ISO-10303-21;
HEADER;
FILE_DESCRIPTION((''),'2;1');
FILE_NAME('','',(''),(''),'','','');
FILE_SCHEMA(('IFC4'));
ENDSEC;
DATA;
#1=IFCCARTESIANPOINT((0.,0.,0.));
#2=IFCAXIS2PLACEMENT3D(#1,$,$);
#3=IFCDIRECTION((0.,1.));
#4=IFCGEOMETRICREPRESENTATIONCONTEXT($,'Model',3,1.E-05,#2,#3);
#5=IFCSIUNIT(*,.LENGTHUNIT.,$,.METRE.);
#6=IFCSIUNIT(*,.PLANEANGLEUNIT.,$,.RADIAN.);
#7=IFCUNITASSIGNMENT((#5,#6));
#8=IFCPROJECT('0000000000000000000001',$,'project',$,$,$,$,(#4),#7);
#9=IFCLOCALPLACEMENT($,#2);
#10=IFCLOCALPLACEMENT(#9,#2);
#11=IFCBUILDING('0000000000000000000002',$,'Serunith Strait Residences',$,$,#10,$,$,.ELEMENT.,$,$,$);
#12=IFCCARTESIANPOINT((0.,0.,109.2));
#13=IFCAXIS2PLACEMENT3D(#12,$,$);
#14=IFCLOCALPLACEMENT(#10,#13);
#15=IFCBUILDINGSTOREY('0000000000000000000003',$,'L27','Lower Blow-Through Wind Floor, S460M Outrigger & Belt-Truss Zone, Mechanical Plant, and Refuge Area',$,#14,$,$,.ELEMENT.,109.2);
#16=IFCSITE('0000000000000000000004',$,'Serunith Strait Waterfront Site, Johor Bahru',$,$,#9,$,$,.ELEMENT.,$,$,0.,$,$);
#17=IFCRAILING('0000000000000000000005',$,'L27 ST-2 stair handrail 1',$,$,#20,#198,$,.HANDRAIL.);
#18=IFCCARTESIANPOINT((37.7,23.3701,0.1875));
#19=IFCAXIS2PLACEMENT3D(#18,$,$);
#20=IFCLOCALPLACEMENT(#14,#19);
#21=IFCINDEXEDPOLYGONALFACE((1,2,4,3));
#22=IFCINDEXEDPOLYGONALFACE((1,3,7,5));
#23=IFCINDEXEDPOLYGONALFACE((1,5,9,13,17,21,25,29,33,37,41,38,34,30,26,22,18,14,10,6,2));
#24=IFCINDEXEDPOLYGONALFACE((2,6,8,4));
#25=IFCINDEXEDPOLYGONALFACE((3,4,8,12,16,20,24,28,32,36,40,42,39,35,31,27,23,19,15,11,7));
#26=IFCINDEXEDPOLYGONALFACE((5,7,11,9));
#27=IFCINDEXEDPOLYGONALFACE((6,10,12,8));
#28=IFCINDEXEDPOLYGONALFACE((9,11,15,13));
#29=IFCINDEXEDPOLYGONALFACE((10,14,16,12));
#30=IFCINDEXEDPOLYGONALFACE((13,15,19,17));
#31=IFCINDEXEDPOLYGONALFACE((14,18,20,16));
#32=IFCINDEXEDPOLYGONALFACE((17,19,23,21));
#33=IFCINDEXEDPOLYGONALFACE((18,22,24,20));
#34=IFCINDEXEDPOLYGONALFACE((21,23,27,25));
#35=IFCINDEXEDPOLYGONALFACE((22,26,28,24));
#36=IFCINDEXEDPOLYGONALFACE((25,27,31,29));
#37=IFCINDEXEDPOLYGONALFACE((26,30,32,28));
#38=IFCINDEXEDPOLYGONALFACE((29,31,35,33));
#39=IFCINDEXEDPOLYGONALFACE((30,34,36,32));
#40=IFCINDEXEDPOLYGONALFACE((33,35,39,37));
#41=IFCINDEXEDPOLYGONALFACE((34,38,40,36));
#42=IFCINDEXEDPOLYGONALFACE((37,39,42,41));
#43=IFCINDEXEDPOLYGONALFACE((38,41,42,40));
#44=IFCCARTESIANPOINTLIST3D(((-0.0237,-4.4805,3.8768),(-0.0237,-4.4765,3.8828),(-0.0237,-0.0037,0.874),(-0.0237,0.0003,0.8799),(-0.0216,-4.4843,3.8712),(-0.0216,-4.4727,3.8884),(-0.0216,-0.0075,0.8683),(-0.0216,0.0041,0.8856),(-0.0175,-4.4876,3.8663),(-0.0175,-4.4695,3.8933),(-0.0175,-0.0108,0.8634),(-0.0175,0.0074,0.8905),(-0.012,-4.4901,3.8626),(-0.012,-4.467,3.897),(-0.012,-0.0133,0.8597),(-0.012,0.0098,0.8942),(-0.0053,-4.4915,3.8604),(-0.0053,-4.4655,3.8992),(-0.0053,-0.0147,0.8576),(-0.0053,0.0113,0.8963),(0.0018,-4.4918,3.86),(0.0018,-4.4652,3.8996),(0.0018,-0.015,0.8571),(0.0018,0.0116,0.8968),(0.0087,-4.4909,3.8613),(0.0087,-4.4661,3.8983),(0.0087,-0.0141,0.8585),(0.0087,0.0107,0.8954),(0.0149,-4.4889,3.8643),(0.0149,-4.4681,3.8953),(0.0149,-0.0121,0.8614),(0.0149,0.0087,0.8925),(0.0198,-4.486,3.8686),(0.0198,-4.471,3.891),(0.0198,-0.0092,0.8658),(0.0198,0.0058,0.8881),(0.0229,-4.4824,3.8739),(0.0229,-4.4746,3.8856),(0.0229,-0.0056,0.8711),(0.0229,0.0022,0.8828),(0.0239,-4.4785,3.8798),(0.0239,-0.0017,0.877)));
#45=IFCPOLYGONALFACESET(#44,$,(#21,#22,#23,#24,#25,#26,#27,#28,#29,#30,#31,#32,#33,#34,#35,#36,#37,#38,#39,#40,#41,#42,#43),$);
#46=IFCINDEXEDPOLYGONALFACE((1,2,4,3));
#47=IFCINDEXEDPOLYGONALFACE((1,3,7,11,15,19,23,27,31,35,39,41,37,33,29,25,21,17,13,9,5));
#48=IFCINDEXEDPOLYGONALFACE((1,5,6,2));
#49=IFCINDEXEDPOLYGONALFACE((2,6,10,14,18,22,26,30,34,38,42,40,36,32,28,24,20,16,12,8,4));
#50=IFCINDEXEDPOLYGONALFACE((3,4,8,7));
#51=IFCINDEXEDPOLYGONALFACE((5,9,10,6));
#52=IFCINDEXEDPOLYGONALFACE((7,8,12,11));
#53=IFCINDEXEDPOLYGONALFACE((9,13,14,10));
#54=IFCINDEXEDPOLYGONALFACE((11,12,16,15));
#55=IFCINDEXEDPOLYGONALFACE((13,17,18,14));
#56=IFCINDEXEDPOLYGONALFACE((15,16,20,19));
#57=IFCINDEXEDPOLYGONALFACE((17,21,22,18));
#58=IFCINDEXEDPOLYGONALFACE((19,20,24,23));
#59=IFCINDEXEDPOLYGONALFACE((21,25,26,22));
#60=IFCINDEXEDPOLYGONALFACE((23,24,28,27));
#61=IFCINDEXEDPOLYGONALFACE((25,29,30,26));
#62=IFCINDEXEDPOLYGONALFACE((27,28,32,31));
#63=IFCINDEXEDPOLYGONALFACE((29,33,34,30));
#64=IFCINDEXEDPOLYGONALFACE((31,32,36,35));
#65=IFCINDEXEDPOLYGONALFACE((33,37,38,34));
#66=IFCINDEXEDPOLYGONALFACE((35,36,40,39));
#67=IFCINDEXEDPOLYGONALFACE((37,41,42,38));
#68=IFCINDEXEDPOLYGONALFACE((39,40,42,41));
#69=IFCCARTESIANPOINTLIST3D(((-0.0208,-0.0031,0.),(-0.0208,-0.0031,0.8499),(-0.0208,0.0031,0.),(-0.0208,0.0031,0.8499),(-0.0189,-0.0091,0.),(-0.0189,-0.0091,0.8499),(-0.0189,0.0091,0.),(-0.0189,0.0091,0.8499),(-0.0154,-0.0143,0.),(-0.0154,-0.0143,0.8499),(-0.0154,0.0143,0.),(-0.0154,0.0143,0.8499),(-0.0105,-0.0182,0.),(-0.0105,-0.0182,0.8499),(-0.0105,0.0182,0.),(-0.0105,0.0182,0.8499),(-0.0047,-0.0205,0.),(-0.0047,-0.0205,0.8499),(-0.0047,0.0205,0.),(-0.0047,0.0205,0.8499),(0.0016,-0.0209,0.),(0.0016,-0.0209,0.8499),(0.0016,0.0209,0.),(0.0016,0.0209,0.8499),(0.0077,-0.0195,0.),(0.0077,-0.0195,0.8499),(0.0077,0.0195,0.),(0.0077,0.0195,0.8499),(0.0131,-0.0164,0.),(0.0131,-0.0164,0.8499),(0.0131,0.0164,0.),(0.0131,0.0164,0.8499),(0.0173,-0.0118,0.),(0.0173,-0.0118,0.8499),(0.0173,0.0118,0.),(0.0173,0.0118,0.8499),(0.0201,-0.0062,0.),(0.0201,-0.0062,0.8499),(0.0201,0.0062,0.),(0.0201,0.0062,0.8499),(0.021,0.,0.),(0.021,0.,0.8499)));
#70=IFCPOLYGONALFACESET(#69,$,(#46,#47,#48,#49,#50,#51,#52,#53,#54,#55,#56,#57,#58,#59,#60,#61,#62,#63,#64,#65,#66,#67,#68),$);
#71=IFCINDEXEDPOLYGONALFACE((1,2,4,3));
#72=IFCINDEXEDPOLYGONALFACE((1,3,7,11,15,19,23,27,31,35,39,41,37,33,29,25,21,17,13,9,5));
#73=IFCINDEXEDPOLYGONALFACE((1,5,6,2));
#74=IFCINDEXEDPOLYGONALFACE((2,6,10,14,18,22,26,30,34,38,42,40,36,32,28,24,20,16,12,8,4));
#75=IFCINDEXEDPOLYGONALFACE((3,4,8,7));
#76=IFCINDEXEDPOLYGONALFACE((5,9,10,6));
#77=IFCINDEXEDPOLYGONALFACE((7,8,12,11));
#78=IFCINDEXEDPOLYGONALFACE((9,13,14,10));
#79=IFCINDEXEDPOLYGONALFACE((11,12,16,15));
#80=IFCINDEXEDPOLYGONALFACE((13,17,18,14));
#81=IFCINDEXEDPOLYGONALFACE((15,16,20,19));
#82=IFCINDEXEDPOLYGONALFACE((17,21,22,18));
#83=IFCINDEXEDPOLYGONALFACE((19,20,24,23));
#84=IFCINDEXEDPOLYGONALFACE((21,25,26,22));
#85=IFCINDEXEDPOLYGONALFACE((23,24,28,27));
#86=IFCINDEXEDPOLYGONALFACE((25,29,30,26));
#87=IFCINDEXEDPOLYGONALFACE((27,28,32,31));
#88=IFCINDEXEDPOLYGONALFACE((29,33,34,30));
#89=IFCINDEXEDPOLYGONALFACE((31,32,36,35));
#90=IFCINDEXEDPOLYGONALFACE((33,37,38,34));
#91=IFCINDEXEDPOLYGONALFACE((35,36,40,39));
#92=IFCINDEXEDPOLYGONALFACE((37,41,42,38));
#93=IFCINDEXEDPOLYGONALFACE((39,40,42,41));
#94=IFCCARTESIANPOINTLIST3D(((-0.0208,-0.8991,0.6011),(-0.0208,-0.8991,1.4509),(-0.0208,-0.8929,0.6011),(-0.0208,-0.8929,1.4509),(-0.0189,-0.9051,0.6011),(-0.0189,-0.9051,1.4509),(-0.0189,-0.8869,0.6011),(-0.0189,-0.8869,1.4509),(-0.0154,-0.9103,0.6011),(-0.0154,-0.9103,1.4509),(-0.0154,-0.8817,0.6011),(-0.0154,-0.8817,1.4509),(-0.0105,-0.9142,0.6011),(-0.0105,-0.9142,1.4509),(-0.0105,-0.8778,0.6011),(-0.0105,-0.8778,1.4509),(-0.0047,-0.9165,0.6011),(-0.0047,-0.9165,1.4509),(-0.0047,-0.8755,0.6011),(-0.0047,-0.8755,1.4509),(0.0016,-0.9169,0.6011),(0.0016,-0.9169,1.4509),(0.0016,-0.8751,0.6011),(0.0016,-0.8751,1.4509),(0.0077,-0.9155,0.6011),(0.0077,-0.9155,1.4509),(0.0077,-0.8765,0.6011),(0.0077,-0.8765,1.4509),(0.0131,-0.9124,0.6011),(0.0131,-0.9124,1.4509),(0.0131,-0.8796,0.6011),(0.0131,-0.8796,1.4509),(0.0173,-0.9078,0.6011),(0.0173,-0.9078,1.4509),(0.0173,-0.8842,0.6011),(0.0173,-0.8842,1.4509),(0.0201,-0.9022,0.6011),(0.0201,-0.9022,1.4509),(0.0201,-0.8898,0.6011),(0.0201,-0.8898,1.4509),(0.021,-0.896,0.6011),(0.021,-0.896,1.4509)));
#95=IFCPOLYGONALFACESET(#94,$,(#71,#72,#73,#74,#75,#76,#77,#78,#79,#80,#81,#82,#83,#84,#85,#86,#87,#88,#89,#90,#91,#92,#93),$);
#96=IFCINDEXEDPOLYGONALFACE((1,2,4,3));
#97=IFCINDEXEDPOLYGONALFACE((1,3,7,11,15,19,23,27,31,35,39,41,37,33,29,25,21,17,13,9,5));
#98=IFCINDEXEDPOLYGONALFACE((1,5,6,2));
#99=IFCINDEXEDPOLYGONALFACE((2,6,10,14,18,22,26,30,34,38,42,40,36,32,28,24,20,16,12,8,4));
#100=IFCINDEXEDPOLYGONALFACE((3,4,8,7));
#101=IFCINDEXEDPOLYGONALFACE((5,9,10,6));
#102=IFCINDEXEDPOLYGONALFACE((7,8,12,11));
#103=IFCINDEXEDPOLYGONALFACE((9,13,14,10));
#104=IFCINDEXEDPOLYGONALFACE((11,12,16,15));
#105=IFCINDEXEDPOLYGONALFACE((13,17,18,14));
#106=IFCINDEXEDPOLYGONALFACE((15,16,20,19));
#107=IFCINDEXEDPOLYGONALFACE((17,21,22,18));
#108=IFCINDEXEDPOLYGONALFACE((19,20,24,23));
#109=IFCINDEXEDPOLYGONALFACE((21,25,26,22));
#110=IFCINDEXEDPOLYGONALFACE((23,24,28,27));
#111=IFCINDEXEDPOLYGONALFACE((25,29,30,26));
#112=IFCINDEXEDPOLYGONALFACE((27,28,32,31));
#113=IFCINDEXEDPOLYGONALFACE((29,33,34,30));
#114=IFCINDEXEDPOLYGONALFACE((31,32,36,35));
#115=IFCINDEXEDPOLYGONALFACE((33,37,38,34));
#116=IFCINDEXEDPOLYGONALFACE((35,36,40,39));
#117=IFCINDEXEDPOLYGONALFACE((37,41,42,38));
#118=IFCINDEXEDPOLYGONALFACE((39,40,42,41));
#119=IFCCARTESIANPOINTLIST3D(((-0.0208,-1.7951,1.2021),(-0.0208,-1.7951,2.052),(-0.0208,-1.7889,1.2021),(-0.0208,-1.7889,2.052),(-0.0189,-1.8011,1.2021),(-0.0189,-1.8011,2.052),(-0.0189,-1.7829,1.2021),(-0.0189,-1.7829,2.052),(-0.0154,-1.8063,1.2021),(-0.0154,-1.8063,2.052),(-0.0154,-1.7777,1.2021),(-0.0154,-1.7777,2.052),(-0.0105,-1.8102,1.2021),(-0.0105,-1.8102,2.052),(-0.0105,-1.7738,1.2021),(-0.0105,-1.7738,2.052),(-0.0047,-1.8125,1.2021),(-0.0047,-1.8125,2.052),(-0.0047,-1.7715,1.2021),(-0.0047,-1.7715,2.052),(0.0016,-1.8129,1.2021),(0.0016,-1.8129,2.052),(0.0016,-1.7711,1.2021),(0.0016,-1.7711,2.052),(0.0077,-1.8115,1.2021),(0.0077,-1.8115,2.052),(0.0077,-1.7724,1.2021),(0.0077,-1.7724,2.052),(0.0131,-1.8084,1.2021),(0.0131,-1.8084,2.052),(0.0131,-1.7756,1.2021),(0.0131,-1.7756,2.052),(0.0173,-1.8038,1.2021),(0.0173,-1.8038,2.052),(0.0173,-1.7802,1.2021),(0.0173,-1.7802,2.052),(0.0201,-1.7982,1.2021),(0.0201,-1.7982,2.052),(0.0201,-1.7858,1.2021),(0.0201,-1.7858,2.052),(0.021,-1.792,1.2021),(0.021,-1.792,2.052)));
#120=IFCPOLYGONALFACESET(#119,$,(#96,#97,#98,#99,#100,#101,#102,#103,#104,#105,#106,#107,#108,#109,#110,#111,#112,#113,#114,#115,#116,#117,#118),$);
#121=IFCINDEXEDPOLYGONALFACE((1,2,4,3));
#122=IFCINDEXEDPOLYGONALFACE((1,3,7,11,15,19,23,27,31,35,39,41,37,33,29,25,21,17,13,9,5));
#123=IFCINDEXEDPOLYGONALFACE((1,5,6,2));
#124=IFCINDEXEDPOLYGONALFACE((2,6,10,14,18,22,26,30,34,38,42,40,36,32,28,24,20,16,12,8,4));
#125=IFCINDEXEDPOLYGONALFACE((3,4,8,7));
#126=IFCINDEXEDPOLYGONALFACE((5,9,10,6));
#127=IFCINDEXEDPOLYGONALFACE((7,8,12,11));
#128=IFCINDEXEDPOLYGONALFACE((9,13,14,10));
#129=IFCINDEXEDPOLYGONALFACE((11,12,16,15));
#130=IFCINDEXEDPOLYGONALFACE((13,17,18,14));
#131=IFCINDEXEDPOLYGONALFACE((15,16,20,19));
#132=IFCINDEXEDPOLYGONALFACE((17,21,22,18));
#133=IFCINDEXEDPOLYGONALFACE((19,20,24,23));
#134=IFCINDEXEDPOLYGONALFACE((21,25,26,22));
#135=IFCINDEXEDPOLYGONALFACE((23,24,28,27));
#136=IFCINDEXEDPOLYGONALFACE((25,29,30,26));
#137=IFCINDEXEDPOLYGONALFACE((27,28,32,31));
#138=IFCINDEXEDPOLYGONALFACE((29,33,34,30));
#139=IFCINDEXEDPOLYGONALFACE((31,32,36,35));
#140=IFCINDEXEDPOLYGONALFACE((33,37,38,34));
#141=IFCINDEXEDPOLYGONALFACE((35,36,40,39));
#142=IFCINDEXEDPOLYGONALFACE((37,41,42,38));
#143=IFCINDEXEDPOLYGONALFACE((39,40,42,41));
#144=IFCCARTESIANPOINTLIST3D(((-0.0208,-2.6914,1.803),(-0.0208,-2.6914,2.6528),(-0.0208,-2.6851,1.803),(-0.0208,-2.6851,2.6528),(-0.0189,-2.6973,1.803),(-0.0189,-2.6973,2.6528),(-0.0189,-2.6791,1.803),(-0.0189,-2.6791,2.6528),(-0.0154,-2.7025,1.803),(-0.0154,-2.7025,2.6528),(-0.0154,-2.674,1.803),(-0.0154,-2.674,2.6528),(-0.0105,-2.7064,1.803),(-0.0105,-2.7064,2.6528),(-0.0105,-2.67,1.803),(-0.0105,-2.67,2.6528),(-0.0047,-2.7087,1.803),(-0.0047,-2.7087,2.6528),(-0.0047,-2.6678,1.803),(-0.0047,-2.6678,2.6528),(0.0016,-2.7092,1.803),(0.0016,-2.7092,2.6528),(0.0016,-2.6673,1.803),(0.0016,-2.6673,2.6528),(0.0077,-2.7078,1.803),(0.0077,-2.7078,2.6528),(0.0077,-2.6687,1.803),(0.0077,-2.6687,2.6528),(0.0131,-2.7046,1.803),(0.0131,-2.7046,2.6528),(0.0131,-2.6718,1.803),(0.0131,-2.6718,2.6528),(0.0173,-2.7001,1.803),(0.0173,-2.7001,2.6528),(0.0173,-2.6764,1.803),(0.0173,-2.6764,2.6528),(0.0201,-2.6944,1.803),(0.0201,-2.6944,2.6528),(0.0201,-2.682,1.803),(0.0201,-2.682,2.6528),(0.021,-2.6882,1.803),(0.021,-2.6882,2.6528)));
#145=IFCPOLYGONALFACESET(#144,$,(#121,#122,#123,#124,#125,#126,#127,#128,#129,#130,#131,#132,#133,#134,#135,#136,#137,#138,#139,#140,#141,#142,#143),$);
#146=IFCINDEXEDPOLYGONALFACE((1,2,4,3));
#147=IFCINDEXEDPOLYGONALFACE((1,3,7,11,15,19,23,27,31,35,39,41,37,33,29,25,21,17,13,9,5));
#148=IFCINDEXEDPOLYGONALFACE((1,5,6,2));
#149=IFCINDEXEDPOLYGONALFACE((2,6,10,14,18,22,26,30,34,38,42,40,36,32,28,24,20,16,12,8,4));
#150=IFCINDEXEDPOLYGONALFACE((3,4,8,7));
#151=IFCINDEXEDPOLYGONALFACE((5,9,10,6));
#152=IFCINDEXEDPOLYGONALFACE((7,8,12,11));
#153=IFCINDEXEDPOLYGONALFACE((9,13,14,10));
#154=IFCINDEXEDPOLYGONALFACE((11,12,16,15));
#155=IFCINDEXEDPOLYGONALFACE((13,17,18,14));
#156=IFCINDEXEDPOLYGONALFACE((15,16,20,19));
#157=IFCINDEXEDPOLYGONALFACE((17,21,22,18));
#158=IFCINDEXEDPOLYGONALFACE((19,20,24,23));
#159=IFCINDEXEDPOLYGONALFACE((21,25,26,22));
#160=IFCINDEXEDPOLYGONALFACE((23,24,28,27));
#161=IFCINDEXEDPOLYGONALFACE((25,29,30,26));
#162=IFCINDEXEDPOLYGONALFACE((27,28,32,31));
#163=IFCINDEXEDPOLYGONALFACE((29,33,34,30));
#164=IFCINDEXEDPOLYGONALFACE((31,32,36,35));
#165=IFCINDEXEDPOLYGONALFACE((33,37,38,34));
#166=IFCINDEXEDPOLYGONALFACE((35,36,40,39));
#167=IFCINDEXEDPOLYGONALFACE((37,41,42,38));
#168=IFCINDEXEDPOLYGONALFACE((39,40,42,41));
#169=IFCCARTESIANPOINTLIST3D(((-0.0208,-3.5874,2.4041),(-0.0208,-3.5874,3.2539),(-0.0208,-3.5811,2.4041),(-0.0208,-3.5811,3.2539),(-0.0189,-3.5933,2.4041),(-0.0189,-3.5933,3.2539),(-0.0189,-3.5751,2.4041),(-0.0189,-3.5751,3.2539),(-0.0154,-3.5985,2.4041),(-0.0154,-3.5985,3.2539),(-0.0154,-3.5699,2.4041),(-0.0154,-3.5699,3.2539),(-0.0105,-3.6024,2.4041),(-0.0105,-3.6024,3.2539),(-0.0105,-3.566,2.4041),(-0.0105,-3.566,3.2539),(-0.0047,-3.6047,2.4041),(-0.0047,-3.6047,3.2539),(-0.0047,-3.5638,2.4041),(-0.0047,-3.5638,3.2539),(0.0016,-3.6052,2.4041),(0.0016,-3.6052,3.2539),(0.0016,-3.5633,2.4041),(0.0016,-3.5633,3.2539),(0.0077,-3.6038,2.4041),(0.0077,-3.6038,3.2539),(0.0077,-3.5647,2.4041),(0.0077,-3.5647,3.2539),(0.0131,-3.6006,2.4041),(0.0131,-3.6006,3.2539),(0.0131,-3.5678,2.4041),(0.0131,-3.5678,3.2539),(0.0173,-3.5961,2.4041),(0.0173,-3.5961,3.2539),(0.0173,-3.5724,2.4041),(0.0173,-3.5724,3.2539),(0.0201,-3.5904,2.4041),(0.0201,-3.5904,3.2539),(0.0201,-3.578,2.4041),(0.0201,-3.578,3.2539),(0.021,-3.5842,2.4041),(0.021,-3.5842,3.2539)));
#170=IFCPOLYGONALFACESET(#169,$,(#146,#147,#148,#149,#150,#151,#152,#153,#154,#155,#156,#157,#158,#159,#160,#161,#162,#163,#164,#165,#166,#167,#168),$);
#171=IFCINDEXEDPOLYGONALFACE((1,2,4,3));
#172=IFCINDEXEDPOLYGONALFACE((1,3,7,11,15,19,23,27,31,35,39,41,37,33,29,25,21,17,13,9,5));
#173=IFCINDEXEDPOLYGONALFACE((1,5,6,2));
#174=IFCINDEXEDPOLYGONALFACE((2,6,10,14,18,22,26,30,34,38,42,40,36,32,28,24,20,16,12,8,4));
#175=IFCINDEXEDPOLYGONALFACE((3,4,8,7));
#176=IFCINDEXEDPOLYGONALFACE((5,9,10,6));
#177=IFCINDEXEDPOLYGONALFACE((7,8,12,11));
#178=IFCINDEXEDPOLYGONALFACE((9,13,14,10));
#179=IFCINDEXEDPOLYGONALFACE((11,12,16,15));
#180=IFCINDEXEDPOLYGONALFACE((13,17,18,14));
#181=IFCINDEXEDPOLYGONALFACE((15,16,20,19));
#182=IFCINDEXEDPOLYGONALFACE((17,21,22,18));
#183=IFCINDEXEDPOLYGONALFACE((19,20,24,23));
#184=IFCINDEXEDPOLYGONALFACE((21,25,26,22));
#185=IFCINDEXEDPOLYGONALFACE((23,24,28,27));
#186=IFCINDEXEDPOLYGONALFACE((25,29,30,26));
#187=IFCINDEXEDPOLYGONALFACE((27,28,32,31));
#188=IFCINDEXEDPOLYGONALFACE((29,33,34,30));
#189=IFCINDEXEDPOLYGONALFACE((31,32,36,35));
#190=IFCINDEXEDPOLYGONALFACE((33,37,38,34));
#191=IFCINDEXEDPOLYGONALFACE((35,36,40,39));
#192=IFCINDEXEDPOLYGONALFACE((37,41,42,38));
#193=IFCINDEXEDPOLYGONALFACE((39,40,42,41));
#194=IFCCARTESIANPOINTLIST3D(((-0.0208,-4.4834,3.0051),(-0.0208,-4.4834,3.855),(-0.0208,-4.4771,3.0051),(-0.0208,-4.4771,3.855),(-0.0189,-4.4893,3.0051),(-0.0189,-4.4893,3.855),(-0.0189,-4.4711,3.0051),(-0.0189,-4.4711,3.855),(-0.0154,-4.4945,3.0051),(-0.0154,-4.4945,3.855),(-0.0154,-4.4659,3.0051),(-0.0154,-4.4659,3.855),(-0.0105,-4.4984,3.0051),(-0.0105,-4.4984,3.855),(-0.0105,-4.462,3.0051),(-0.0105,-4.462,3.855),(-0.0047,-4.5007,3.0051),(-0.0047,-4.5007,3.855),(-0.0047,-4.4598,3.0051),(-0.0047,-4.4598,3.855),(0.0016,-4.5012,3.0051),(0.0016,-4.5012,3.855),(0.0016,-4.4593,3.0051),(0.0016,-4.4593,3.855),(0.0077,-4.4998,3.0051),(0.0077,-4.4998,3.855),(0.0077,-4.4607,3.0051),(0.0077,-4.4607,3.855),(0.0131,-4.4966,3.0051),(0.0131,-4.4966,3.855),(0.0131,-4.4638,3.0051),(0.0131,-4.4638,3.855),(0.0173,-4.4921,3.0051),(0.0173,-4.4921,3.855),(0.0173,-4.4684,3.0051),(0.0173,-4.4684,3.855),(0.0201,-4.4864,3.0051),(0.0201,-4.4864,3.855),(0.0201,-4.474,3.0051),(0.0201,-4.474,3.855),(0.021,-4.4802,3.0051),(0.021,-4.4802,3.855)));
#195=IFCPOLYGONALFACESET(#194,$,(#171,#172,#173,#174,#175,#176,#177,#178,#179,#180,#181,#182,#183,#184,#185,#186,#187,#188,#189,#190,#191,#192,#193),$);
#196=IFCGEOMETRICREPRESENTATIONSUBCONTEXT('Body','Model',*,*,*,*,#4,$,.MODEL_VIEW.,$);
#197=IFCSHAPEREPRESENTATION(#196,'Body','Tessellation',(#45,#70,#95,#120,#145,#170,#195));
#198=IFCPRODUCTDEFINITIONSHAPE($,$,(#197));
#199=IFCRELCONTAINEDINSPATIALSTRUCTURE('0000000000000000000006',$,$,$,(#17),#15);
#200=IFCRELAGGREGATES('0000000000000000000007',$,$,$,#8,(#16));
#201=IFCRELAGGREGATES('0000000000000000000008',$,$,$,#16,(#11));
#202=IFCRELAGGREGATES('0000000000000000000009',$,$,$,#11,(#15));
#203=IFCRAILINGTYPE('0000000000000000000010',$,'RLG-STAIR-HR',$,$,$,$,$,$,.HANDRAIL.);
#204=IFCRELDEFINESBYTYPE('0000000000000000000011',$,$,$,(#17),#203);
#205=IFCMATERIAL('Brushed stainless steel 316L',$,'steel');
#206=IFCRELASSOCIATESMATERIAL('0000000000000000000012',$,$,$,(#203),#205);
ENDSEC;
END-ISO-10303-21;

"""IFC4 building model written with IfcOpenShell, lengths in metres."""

from ifc_helpers import new_model, si_unit, direction, frame, origin, origin_2d, place, context, subcontext, project, spatial, circle, extrude, material, type_object, element, save


model = new_model("IFC4")

# Units and contexts
model_context = context("Model", 3, precision=1e-05, world=origin(), true_north=direction((0.0, 1.0)))
body_context = subcontext(model_context, "Body", "Model", "MODEL_VIEW")
ifc_project = project(units=[si_unit("LENGTHUNIT", "METRE"), si_unit("PLANEANGLEUNIT", "RADIAN")], contexts=[model_context])

# Site, building, storey
site_placement = place(None, origin())
site = spatial("IfcSite", under=ifc_project, at=site_placement, Name="Serunith Strait Waterfront Site, Johor Bahru", CompositionType="ELEMENT", RefElevation=0.0)
building_placement = place(site_placement, origin())
building = spatial("IfcBuilding", under=site, at=building_placement, Name="Serunith Strait Residences", CompositionType="ELEMENT")
storey_placement = place(building_placement, frame((0.0, 0.0, 109.2)))
storey = spatial("IfcBuildingStorey", under=building, at=storey_placement, Name="L27", Description="Lower Blow-Through Wind Floor, S460M Outrigger & Belt-Truss Zone, Mechanical Plant, and Refuge Area", CompositionType="ELEMENT", Elevation=109.2)

# Railing
ifc_material_1 = material(Name="Brushed stainless steel 316L", Category="steel")
railing_type_1 = type_object("IfcRailingType", Name="RLG-STAIR-HR", PredefinedType="HANDRAIL", material=ifc_material_1)
railing_1_placement = place(storey_placement, frame((37.7, 23.3701, 0.1875)))
element("IfcRailing", 1, at=railing_1_placement, inside=storey, type_object=railing_type_1, Name="L27 ST-2 stair handrail 1", PredefinedType="HANDRAIL", context=body_context, shape_type="SweptSolid", body=[
    extrude(circle(Radius=0.0239, at=origin_2d()), frame((0.0, -0.0017, 0.877), z_axis=(0.0, -0.83048, 0.557048), x_axis=(1.0, 0.0, 0.0)), (0.0, 0.0, 1.0), 5.3906),
    extrude(circle(Radius=0.021, at=origin_2d()), origin(), (0.0, 0.0, 1.0), 0.8499),
    extrude(circle(Radius=0.021, at=origin_2d()), frame((0.0, -0.896, 0.6011)), (0.0, 0.0, 1.0), 0.8499),
    extrude(circle(Radius=0.021, at=origin_2d()), frame((0.0, -1.792, 1.2021)), (0.0, 0.0, 1.0), 0.8499),
    extrude(circle(Radius=0.021, at=origin_2d()), frame((0.0, -2.6882, 1.803)), (0.0, 0.0, 1.0), 0.8499),
    extrude(circle(Radius=0.021, at=origin_2d()), frame((0.0, -3.5842, 2.4041)), (0.0, 0.0, 1.0), 0.8499),
    extrude(circle(Radius=0.021, at=origin_2d()), frame((0.0, -4.4802, 3.0051)), (0.0, 0.0, 1.0), 0.8499),
])

save(model, "model.ifc")
